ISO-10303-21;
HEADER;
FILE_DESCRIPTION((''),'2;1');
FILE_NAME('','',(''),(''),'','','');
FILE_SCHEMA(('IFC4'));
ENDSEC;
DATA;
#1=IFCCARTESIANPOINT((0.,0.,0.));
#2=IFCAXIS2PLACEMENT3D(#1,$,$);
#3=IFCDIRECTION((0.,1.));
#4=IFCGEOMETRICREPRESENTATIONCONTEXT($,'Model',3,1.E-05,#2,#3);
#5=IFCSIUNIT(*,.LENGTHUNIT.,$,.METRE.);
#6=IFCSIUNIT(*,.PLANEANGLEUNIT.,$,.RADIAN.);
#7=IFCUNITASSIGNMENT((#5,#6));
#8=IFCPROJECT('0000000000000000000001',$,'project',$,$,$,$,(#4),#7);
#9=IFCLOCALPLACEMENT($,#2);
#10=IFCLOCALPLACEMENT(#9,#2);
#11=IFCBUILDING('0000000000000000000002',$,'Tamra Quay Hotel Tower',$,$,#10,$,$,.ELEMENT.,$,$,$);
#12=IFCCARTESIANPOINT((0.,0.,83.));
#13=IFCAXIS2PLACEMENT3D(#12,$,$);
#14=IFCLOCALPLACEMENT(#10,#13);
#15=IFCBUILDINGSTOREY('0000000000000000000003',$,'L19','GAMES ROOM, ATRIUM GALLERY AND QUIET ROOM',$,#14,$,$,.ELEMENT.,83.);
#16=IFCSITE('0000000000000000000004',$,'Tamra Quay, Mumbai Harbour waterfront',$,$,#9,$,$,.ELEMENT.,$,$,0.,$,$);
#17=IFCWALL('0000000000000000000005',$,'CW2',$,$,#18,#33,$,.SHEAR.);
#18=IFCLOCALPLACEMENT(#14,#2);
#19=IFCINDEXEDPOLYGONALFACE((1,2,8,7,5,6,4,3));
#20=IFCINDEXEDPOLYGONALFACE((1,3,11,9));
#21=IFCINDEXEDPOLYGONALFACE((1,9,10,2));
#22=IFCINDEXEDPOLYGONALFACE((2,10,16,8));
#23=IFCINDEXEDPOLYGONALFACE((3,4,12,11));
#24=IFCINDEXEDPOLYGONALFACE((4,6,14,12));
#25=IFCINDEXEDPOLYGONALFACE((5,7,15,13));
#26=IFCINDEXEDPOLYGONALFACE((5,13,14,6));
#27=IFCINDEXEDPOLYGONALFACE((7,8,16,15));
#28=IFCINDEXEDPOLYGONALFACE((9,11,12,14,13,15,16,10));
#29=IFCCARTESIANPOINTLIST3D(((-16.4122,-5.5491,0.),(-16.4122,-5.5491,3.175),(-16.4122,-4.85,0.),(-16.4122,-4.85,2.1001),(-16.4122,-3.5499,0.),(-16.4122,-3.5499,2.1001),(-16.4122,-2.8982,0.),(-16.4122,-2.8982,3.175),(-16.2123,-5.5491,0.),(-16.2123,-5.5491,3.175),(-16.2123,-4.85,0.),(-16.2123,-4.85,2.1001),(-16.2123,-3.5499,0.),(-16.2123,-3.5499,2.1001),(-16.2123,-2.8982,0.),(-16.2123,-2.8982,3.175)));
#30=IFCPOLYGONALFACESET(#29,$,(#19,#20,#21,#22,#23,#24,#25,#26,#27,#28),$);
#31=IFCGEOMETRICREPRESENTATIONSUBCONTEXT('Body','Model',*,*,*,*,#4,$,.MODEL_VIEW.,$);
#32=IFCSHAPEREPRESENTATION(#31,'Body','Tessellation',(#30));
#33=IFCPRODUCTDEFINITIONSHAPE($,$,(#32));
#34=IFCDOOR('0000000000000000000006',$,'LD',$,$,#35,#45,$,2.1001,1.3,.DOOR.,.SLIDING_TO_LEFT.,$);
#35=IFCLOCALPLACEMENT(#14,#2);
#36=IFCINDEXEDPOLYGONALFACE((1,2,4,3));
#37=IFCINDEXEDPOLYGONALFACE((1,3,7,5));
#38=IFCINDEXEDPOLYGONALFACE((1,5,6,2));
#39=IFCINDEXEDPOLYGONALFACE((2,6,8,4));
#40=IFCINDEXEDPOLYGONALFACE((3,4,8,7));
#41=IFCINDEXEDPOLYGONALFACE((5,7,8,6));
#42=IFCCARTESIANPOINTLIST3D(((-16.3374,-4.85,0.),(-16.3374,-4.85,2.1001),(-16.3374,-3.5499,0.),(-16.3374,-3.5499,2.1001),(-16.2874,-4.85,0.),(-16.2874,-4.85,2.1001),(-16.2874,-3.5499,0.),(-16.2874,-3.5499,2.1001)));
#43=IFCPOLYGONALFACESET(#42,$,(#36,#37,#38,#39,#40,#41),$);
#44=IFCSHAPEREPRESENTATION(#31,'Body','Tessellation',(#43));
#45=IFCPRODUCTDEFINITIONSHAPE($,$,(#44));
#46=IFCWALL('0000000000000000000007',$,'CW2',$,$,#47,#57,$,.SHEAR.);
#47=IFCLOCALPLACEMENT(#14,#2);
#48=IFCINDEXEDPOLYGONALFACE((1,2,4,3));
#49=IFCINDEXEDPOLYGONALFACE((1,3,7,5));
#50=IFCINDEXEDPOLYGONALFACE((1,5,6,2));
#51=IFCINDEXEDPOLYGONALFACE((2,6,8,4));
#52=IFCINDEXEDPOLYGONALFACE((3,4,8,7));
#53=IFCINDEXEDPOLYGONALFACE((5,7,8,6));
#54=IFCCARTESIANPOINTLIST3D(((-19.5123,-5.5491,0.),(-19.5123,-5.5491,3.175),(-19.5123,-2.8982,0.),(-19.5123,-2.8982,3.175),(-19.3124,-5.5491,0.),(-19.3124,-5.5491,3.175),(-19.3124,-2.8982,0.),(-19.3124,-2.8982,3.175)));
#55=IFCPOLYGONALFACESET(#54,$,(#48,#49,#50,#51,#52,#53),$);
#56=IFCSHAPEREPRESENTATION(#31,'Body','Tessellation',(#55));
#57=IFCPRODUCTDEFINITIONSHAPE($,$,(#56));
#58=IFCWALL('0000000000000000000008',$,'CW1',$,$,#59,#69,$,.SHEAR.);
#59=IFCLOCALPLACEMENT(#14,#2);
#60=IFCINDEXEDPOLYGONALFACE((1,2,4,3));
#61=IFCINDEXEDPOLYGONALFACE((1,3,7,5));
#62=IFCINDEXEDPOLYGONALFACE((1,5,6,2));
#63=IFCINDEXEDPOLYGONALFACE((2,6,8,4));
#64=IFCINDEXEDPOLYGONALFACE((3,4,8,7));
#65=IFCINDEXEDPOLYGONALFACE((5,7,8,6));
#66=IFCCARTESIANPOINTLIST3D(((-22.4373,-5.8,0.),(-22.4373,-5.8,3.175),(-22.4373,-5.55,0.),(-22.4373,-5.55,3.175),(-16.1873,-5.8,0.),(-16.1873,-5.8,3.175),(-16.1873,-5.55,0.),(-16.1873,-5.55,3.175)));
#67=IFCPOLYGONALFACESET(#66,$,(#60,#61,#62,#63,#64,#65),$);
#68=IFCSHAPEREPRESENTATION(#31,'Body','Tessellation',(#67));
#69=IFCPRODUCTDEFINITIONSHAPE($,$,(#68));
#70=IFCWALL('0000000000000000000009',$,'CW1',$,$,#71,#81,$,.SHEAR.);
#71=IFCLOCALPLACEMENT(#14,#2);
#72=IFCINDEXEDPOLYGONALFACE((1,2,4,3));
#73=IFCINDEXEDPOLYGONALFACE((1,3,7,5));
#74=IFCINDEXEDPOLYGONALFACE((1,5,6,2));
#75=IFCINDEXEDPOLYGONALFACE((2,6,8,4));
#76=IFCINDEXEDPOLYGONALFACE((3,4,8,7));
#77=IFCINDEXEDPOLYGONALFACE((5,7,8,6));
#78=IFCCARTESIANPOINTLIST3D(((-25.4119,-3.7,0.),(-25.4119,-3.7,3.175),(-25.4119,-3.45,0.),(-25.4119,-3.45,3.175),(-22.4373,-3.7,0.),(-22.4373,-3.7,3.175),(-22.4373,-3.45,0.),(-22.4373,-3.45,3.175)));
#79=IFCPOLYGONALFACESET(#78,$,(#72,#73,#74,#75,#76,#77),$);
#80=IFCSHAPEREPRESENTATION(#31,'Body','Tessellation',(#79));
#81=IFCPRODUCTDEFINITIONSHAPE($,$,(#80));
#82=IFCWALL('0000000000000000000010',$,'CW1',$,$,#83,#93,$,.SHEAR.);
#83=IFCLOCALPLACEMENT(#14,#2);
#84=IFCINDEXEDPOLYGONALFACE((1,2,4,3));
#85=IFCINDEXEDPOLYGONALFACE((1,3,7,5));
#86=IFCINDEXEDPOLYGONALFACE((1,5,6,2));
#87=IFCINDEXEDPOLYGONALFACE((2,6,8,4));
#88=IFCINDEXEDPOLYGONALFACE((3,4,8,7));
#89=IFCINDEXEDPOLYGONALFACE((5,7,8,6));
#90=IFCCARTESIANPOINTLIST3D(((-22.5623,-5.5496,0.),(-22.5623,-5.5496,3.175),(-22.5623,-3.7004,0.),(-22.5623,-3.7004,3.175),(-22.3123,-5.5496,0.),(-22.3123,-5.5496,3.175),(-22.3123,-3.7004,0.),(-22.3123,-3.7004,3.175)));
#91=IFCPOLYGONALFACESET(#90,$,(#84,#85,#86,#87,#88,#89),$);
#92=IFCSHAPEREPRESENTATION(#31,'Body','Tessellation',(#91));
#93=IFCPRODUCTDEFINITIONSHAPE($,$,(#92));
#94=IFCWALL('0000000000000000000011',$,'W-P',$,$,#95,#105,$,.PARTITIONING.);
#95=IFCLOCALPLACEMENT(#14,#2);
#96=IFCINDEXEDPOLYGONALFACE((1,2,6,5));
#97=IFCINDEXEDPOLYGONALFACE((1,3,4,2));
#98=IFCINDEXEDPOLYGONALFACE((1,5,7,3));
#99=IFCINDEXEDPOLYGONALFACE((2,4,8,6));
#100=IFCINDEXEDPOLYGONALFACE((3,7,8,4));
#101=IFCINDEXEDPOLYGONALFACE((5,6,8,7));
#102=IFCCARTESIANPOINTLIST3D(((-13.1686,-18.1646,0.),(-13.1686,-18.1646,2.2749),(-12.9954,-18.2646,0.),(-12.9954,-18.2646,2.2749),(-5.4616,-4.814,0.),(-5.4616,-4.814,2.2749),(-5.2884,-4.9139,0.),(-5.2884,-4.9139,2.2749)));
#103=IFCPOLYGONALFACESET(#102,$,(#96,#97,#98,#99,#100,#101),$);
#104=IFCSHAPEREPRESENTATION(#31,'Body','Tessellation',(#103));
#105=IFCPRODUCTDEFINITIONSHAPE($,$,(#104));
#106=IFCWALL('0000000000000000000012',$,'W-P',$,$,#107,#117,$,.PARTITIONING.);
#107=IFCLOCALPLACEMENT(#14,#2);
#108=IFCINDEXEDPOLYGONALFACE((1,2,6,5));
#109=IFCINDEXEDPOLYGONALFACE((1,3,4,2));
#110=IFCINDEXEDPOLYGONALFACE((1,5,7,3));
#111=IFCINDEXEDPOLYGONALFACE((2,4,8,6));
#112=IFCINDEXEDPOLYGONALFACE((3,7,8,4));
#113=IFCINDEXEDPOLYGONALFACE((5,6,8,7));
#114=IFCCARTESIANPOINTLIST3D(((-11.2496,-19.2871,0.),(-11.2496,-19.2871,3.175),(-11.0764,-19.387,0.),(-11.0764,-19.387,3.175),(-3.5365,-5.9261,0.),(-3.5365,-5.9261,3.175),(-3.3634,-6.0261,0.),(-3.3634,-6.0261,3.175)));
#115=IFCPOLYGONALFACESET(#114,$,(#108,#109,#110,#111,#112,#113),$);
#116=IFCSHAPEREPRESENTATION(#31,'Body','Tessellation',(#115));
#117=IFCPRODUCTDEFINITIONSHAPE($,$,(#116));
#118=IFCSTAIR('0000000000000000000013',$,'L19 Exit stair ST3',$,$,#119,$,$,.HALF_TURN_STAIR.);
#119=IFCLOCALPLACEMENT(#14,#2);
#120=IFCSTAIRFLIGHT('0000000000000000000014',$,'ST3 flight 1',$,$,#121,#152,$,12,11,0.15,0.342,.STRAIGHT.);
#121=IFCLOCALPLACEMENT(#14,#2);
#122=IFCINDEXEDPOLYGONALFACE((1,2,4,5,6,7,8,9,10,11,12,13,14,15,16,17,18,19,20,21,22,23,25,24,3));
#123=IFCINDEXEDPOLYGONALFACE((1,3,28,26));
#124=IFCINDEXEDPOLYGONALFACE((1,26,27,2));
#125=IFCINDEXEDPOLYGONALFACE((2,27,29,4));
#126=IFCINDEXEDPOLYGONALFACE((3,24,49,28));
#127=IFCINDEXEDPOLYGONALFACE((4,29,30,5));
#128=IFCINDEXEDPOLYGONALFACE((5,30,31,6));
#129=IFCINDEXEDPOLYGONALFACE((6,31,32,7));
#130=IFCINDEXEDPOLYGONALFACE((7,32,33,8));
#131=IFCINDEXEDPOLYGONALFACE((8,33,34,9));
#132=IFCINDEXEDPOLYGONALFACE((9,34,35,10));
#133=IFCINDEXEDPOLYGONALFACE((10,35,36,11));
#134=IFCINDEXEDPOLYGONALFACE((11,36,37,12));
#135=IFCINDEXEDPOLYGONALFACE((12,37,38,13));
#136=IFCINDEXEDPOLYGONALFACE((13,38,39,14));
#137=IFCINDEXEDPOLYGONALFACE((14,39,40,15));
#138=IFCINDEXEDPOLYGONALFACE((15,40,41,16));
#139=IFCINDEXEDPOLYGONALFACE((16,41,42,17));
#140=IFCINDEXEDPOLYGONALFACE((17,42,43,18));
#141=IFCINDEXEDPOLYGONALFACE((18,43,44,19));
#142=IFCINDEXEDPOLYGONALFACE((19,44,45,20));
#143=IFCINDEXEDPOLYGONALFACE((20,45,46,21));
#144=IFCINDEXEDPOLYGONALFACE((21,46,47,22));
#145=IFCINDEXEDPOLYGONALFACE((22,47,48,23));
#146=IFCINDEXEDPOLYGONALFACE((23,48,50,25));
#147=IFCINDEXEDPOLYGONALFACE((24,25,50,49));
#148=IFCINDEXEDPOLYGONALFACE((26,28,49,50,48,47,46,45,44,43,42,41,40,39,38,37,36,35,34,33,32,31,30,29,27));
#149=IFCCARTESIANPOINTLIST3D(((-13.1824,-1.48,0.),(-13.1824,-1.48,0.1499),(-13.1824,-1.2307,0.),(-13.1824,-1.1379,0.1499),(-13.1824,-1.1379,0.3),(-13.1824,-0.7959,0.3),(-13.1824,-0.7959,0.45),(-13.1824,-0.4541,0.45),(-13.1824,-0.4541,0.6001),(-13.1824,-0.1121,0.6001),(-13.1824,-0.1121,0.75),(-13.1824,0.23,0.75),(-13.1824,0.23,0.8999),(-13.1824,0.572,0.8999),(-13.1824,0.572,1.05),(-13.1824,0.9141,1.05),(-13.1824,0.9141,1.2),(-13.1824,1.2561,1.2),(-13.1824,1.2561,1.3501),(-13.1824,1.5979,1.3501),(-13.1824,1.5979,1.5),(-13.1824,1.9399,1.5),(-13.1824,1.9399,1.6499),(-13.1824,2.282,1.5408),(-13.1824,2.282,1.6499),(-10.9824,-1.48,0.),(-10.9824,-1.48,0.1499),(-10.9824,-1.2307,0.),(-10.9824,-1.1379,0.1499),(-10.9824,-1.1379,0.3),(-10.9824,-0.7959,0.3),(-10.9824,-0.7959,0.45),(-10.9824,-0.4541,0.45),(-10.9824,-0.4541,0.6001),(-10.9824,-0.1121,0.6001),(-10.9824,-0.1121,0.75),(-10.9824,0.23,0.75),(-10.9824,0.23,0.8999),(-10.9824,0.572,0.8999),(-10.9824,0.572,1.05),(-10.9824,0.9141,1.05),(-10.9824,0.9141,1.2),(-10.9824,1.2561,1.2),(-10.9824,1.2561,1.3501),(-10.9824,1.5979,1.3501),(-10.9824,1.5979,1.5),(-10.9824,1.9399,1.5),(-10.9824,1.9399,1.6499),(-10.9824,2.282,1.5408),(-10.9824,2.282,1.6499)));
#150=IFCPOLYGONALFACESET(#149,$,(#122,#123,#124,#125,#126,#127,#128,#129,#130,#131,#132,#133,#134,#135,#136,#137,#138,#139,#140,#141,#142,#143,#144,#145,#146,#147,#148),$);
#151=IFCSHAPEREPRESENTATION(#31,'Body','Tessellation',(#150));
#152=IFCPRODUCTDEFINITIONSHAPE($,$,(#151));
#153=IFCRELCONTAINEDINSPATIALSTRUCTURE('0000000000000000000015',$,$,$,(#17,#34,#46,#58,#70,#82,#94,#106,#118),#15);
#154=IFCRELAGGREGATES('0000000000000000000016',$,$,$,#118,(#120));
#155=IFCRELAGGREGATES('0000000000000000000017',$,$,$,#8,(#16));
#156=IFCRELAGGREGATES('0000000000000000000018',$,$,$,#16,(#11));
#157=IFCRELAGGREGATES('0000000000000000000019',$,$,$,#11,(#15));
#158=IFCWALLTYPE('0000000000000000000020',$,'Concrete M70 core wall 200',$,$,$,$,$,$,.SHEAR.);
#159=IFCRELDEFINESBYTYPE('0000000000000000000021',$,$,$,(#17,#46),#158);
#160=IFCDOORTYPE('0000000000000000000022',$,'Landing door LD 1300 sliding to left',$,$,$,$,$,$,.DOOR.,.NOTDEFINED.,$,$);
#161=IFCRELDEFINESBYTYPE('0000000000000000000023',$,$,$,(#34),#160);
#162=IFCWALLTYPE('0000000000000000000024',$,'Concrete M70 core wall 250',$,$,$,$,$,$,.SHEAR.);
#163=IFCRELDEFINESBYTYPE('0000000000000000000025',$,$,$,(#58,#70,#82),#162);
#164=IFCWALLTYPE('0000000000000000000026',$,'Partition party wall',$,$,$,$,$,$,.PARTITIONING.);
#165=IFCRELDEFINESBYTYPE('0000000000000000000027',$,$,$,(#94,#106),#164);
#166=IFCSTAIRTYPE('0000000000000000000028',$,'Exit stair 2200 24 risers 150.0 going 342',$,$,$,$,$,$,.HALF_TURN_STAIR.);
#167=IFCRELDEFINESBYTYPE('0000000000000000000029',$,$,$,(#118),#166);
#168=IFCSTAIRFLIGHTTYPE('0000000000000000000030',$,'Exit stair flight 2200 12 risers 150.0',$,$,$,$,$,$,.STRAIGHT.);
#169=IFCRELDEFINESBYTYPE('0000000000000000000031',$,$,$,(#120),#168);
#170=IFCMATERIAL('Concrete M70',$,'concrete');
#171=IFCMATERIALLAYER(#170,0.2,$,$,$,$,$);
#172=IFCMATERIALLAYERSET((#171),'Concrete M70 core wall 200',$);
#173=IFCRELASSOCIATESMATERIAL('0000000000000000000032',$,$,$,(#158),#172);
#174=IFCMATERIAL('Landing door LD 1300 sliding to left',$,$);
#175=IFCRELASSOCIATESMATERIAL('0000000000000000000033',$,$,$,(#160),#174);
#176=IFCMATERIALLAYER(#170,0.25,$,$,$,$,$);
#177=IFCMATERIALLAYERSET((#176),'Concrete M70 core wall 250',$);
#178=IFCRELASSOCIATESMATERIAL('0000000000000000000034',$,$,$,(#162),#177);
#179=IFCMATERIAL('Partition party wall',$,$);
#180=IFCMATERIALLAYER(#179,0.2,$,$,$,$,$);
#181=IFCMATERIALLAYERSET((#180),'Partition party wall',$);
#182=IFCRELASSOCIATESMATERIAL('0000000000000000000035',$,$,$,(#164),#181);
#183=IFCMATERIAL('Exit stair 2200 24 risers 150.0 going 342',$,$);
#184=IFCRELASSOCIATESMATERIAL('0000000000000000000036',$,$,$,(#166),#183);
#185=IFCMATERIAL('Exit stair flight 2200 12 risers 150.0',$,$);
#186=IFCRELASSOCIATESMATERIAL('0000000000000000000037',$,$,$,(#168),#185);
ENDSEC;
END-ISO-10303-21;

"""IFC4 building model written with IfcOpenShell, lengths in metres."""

from ifc_helpers import new_model, si_unit, direction, frame, frame_2d, origin, place, context, subcontext, project, spatial, polyline, rectangle, outline, extrude, material, layer, layer_set, type_object, element, fill, aggregate, save


model = new_model("IFC4")

# Units and contexts
model_context = context("Model", 3, precision=1e-05, world=origin(), true_north=direction((0.0, 1.0)))
body_context = subcontext(model_context, "Body", "Model", "MODEL_VIEW")
ifc_project = project(units=[si_unit("LENGTHUNIT", "METRE"), si_unit("PLANEANGLEUNIT", "RADIAN")], contexts=[model_context])

# Site, building, storey
site_placement = place(None, origin())
site = spatial("IfcSite", under=ifc_project, at=site_placement, Name="Tamra Quay, Mumbai Harbour waterfront", CompositionType="ELEMENT", RefElevation=0.0)
building_placement = place(site_placement, origin())
building = spatial("IfcBuilding", under=site, at=building_placement, Name="Tamra Quay Hotel Tower", CompositionType="ELEMENT")
storey_placement = place(building_placement, frame((0.0, 0.0, 83.0)))
storey = spatial("IfcBuildingStorey", under=building, at=storey_placement, Name="L19", Description="GAMES ROOM, ATRIUM GALLERY AND QUIET ROOM", CompositionType="ELEMENT", Elevation=83.0)

# Shared definitions
ifc_material_1 = material(Name="Concrete M70", Category="concrete")

# Shared definitions
ifc_layer_1 = layer(ifc_material_1, 0.2)
ifc_layer_set_1 = layer_set([ifc_layer_1], Name="Concrete M70 core wall 200")
wall_type_1 = type_object("IfcWallType", Name="Concrete M70 core wall 200", PredefinedType="SHEAR", material=ifc_layer_set_1)

# Wall, opening, door
wall_1_placement = place(storey_placement, frame((-16.3123, -2.8982, 0.0), z_axis=(0.0, 0.0, 1.0), x_axis=(0.0, -1.0, 0.0)))
wall_1 = element("IfcWall", 1, at=wall_1_placement, inside=storey, type_object=wall_type_1, Name="CW2", PredefinedType="SHEAR", context=body_context, shape_type="SweptSolid", body=[
    extrude(rectangle(XDim=2.6509, YDim=0.2, at=frame_2d((1.3254, 0.0))), origin(), (0.0, 0.0, 1.0), 3.175),
])
opening_placement = place(wall_1_placement, frame((0.6519, 0.0, 0.0)))
opening = element("IfcOpeningElement", 2, at=opening_placement, cuts=wall_1, PredefinedType="OPENING", context=body_context, shape_type="SweptSolid", body=[
    extrude(rectangle(XDim=1.3, YDim=2.1001, at=frame_2d((0.6499, 1.05))), frame((0.0, 0.1099, 0.0), z_axis=(0.0, -1.0, 0.0), x_axis=(1.0, 0.0, 0.0)), (0.0, 0.0, 1.0), 0.22),
])
ifc_material_2 = material(Name="Landing door LD 1300 sliding to left")
door_type = type_object("IfcDoorType", Name="Landing door LD 1300 sliding to left", OperationType="NOTDEFINED", PredefinedType="DOOR", material=ifc_material_2)
door_placement = place(opening_placement, origin())
door = element("IfcDoor", 3, at=door_placement, inside=storey, type_object=door_type, Name="LD", OperationType="SLIDING_TO_LEFT", OverallHeight=2.1001, OverallWidth=1.3, PredefinedType="DOOR", context=body_context, shape_type="SweptSolid", body=[
    extrude(rectangle(XDim=1.3, YDim=2.1001, at=frame_2d((0.6499, 1.05))), frame((0.0, 0.0249, 0.0), z_axis=(0.0, -1.0, 0.0), x_axis=(1.0, 0.0, 0.0)), (0.0, 0.0, 1.0), 0.05),
])
fill(opening, door)

# Walls
wall_2_placement = place(storey_placement, frame((-19.4124, -5.5491, 0.0), z_axis=(0.0, 0.0, 1.0), x_axis=(0.0, 1.0, 0.0)))
element("IfcWall", 4, at=wall_2_placement, inside=storey, type_object=wall_type_1, Name="CW2", PredefinedType="SHEAR", context=body_context, shape_type="SweptSolid", body=[
    extrude(rectangle(XDim=2.6509, YDim=0.2, at=frame_2d((1.3254, 0.0))), origin(), (0.0, 0.0, 1.0), 3.175),
])
ifc_layer_2 = layer(ifc_material_1, 0.25)
ifc_layer_set_2 = layer_set([ifc_layer_2], Name="Concrete M70 core wall 250")
wall_type_2 = type_object("IfcWallType", Name="Concrete M70 core wall 250", PredefinedType="SHEAR", material=ifc_layer_set_2)
wall_3_placement = place(storey_placement, frame((-16.1873, -5.675, 0.0), z_axis=(0.0, 0.0, 1.0), x_axis=(-1.0, 0.0, 0.0)))
element("IfcWall", 5, at=wall_3_placement, inside=storey, type_object=wall_type_2, Name="CW1", PredefinedType="SHEAR", context=body_context, shape_type="SweptSolid", body=[
    extrude(rectangle(XDim=6.25, YDim=0.25, at=frame_2d((3.125, 0.0))), origin(), (0.0, 0.0, 1.0), 3.175),
])
wall_4_placement = place(storey_placement, frame((-22.4373, -3.575, 0.0), z_axis=(0.0, 0.0, 1.0), x_axis=(-1.0, 0.0, 0.0)))
element("IfcWall", 6, at=wall_4_placement, inside=storey, type_object=wall_type_2, Name="CW1", PredefinedType="SHEAR", context=body_context, shape_type="SweptSolid", body=[
    extrude(rectangle(XDim=2.9746, YDim=0.25, at=frame_2d((1.4873, 0.0))), origin(), (0.0, 0.0, 1.0), 3.175),
])
wall_5_placement = place(storey_placement, frame((-22.4373, -5.5496, 0.0), z_axis=(0.0, 0.0, 1.0), x_axis=(0.0, 1.0, 0.0)))
element("IfcWall", 7, at=wall_5_placement, inside=storey, type_object=wall_type_2, Name="CW1", PredefinedType="SHEAR", context=body_context, shape_type="SweptSolid", body=[
    extrude(rectangle(XDim=1.8491, YDim=0.25, at=frame_2d((0.9246, 0.0))), origin(), (0.0, 0.0, 1.0), 3.175),
])
ifc_material_3 = material(Name="Partition party wall")
ifc_layer_3 = layer(ifc_material_3, 0.2)
ifc_layer_set_3 = layer_set([ifc_layer_3], Name="Partition party wall")
wall_type_3 = type_object("IfcWallType", Name="Partition party wall", PredefinedType="PARTITIONING", material=ifc_layer_set_3)
wall_6_placement = place(storey_placement, frame((-13.082, -18.2146, 0.0), z_axis=(0.0, 0.0, 1.0), x_axis=(0.499955, 0.866052, 0.0)))
element("IfcWall", 8, at=wall_6_placement, inside=storey, type_object=wall_type_3, Name="W-P", PredefinedType="PARTITIONING", context=body_context, shape_type="SweptSolid", body=[
    extrude(rectangle(XDim=15.4155, YDim=0.2, at=frame_2d((7.7078, 0.0))), origin(), (0.0, 0.0, 1.0), 2.2749),
])
wall_7_placement = place(storey_placement, frame((-11.1631, -19.3372, 0.0), z_axis=(0.0, 0.0, 1.0), x_axis=(0.499957, 0.86605, 0.0)))
element("IfcWall", 9, at=wall_7_placement, inside=storey, type_object=wall_type_3, Name="W-P", PredefinedType="PARTITIONING", context=body_context, shape_type="SweptSolid", body=[
    extrude(rectangle(XDim=15.4275, YDim=0.2, at=frame_2d((7.7139, 0.0))), origin(), (0.0, 0.0, 1.0), 3.175),
])

# Stair, stair flight
ifc_material_4 = material(Name="Exit stair 2200 24 risers 150.0 going 342")
stair_type = type_object("IfcStairType", Name="Exit stair 2200 24 risers 150.0 going 342", PredefinedType="HALF_TURN_STAIR", material=ifc_material_4)
stair_placement = place(storey_placement, origin())
stair = element("IfcStair", 10, at=stair_placement, inside=storey, type_object=stair_type, Name="L19 Exit stair ST3", PredefinedType="HALF_TURN_STAIR")
ifc_material_5 = material(Name="Exit stair flight 2200 12 risers 150.0")
stair_flight_type = type_object("IfcStairFlightType", Name="Exit stair flight 2200 12 risers 150.0", PredefinedType="STRAIGHT", material=ifc_material_5)
stair_flight_placement = place(storey_placement, frame((-12.0823, -1.48, 0.0), z_axis=(0.0, 0.0, 1.0), x_axis=(0.0, 1.0, 0.0)))
stair_flight = element("IfcStairFlight", 11, at=stair_flight_placement, type_object=stair_flight_type, Name="ST3 flight 1", NumberOfRisers=12, NumberOfTreads=11, PredefinedType="STRAIGHT", RiserHeight=0.15, TreadLength=0.342, context=body_context, shape_type="SweptSolid", body=[
    extrude(outline(polyline([(0.0, 0.0), (0.0, 0.1499), (0.342, 0.1499), (0.342, 0.3), (0.6841, 0.3), (0.6841, 0.45), (1.0259, 0.45), (1.0259, 0.6001), (1.3679, 0.6001), (1.3679, 0.75), (1.71, 0.75), (1.71, 0.8999), (2.052, 0.8999), (2.052, 1.05), (2.394, 1.05), (2.394, 1.2), (2.7361, 1.2), (2.7361, 1.3501), (3.0779, 1.3501), (3.0779, 1.5), (3.4199, 1.5), (3.4199, 1.6499), (3.762, 1.6499), (3.762, 1.8), (3.762, 1.5408), (0.2493, 0.0), (0.0, 0.0)])), frame((0.0, 1.1001, 0.0), z_axis=(0.0, -1.0, 0.0), x_axis=(1.0, 0.0, 0.0)), (0.0, 0.0, 1.0), 2.2),
])
aggregate(stair, [stair_flight])

save(model, "model.ifc")
